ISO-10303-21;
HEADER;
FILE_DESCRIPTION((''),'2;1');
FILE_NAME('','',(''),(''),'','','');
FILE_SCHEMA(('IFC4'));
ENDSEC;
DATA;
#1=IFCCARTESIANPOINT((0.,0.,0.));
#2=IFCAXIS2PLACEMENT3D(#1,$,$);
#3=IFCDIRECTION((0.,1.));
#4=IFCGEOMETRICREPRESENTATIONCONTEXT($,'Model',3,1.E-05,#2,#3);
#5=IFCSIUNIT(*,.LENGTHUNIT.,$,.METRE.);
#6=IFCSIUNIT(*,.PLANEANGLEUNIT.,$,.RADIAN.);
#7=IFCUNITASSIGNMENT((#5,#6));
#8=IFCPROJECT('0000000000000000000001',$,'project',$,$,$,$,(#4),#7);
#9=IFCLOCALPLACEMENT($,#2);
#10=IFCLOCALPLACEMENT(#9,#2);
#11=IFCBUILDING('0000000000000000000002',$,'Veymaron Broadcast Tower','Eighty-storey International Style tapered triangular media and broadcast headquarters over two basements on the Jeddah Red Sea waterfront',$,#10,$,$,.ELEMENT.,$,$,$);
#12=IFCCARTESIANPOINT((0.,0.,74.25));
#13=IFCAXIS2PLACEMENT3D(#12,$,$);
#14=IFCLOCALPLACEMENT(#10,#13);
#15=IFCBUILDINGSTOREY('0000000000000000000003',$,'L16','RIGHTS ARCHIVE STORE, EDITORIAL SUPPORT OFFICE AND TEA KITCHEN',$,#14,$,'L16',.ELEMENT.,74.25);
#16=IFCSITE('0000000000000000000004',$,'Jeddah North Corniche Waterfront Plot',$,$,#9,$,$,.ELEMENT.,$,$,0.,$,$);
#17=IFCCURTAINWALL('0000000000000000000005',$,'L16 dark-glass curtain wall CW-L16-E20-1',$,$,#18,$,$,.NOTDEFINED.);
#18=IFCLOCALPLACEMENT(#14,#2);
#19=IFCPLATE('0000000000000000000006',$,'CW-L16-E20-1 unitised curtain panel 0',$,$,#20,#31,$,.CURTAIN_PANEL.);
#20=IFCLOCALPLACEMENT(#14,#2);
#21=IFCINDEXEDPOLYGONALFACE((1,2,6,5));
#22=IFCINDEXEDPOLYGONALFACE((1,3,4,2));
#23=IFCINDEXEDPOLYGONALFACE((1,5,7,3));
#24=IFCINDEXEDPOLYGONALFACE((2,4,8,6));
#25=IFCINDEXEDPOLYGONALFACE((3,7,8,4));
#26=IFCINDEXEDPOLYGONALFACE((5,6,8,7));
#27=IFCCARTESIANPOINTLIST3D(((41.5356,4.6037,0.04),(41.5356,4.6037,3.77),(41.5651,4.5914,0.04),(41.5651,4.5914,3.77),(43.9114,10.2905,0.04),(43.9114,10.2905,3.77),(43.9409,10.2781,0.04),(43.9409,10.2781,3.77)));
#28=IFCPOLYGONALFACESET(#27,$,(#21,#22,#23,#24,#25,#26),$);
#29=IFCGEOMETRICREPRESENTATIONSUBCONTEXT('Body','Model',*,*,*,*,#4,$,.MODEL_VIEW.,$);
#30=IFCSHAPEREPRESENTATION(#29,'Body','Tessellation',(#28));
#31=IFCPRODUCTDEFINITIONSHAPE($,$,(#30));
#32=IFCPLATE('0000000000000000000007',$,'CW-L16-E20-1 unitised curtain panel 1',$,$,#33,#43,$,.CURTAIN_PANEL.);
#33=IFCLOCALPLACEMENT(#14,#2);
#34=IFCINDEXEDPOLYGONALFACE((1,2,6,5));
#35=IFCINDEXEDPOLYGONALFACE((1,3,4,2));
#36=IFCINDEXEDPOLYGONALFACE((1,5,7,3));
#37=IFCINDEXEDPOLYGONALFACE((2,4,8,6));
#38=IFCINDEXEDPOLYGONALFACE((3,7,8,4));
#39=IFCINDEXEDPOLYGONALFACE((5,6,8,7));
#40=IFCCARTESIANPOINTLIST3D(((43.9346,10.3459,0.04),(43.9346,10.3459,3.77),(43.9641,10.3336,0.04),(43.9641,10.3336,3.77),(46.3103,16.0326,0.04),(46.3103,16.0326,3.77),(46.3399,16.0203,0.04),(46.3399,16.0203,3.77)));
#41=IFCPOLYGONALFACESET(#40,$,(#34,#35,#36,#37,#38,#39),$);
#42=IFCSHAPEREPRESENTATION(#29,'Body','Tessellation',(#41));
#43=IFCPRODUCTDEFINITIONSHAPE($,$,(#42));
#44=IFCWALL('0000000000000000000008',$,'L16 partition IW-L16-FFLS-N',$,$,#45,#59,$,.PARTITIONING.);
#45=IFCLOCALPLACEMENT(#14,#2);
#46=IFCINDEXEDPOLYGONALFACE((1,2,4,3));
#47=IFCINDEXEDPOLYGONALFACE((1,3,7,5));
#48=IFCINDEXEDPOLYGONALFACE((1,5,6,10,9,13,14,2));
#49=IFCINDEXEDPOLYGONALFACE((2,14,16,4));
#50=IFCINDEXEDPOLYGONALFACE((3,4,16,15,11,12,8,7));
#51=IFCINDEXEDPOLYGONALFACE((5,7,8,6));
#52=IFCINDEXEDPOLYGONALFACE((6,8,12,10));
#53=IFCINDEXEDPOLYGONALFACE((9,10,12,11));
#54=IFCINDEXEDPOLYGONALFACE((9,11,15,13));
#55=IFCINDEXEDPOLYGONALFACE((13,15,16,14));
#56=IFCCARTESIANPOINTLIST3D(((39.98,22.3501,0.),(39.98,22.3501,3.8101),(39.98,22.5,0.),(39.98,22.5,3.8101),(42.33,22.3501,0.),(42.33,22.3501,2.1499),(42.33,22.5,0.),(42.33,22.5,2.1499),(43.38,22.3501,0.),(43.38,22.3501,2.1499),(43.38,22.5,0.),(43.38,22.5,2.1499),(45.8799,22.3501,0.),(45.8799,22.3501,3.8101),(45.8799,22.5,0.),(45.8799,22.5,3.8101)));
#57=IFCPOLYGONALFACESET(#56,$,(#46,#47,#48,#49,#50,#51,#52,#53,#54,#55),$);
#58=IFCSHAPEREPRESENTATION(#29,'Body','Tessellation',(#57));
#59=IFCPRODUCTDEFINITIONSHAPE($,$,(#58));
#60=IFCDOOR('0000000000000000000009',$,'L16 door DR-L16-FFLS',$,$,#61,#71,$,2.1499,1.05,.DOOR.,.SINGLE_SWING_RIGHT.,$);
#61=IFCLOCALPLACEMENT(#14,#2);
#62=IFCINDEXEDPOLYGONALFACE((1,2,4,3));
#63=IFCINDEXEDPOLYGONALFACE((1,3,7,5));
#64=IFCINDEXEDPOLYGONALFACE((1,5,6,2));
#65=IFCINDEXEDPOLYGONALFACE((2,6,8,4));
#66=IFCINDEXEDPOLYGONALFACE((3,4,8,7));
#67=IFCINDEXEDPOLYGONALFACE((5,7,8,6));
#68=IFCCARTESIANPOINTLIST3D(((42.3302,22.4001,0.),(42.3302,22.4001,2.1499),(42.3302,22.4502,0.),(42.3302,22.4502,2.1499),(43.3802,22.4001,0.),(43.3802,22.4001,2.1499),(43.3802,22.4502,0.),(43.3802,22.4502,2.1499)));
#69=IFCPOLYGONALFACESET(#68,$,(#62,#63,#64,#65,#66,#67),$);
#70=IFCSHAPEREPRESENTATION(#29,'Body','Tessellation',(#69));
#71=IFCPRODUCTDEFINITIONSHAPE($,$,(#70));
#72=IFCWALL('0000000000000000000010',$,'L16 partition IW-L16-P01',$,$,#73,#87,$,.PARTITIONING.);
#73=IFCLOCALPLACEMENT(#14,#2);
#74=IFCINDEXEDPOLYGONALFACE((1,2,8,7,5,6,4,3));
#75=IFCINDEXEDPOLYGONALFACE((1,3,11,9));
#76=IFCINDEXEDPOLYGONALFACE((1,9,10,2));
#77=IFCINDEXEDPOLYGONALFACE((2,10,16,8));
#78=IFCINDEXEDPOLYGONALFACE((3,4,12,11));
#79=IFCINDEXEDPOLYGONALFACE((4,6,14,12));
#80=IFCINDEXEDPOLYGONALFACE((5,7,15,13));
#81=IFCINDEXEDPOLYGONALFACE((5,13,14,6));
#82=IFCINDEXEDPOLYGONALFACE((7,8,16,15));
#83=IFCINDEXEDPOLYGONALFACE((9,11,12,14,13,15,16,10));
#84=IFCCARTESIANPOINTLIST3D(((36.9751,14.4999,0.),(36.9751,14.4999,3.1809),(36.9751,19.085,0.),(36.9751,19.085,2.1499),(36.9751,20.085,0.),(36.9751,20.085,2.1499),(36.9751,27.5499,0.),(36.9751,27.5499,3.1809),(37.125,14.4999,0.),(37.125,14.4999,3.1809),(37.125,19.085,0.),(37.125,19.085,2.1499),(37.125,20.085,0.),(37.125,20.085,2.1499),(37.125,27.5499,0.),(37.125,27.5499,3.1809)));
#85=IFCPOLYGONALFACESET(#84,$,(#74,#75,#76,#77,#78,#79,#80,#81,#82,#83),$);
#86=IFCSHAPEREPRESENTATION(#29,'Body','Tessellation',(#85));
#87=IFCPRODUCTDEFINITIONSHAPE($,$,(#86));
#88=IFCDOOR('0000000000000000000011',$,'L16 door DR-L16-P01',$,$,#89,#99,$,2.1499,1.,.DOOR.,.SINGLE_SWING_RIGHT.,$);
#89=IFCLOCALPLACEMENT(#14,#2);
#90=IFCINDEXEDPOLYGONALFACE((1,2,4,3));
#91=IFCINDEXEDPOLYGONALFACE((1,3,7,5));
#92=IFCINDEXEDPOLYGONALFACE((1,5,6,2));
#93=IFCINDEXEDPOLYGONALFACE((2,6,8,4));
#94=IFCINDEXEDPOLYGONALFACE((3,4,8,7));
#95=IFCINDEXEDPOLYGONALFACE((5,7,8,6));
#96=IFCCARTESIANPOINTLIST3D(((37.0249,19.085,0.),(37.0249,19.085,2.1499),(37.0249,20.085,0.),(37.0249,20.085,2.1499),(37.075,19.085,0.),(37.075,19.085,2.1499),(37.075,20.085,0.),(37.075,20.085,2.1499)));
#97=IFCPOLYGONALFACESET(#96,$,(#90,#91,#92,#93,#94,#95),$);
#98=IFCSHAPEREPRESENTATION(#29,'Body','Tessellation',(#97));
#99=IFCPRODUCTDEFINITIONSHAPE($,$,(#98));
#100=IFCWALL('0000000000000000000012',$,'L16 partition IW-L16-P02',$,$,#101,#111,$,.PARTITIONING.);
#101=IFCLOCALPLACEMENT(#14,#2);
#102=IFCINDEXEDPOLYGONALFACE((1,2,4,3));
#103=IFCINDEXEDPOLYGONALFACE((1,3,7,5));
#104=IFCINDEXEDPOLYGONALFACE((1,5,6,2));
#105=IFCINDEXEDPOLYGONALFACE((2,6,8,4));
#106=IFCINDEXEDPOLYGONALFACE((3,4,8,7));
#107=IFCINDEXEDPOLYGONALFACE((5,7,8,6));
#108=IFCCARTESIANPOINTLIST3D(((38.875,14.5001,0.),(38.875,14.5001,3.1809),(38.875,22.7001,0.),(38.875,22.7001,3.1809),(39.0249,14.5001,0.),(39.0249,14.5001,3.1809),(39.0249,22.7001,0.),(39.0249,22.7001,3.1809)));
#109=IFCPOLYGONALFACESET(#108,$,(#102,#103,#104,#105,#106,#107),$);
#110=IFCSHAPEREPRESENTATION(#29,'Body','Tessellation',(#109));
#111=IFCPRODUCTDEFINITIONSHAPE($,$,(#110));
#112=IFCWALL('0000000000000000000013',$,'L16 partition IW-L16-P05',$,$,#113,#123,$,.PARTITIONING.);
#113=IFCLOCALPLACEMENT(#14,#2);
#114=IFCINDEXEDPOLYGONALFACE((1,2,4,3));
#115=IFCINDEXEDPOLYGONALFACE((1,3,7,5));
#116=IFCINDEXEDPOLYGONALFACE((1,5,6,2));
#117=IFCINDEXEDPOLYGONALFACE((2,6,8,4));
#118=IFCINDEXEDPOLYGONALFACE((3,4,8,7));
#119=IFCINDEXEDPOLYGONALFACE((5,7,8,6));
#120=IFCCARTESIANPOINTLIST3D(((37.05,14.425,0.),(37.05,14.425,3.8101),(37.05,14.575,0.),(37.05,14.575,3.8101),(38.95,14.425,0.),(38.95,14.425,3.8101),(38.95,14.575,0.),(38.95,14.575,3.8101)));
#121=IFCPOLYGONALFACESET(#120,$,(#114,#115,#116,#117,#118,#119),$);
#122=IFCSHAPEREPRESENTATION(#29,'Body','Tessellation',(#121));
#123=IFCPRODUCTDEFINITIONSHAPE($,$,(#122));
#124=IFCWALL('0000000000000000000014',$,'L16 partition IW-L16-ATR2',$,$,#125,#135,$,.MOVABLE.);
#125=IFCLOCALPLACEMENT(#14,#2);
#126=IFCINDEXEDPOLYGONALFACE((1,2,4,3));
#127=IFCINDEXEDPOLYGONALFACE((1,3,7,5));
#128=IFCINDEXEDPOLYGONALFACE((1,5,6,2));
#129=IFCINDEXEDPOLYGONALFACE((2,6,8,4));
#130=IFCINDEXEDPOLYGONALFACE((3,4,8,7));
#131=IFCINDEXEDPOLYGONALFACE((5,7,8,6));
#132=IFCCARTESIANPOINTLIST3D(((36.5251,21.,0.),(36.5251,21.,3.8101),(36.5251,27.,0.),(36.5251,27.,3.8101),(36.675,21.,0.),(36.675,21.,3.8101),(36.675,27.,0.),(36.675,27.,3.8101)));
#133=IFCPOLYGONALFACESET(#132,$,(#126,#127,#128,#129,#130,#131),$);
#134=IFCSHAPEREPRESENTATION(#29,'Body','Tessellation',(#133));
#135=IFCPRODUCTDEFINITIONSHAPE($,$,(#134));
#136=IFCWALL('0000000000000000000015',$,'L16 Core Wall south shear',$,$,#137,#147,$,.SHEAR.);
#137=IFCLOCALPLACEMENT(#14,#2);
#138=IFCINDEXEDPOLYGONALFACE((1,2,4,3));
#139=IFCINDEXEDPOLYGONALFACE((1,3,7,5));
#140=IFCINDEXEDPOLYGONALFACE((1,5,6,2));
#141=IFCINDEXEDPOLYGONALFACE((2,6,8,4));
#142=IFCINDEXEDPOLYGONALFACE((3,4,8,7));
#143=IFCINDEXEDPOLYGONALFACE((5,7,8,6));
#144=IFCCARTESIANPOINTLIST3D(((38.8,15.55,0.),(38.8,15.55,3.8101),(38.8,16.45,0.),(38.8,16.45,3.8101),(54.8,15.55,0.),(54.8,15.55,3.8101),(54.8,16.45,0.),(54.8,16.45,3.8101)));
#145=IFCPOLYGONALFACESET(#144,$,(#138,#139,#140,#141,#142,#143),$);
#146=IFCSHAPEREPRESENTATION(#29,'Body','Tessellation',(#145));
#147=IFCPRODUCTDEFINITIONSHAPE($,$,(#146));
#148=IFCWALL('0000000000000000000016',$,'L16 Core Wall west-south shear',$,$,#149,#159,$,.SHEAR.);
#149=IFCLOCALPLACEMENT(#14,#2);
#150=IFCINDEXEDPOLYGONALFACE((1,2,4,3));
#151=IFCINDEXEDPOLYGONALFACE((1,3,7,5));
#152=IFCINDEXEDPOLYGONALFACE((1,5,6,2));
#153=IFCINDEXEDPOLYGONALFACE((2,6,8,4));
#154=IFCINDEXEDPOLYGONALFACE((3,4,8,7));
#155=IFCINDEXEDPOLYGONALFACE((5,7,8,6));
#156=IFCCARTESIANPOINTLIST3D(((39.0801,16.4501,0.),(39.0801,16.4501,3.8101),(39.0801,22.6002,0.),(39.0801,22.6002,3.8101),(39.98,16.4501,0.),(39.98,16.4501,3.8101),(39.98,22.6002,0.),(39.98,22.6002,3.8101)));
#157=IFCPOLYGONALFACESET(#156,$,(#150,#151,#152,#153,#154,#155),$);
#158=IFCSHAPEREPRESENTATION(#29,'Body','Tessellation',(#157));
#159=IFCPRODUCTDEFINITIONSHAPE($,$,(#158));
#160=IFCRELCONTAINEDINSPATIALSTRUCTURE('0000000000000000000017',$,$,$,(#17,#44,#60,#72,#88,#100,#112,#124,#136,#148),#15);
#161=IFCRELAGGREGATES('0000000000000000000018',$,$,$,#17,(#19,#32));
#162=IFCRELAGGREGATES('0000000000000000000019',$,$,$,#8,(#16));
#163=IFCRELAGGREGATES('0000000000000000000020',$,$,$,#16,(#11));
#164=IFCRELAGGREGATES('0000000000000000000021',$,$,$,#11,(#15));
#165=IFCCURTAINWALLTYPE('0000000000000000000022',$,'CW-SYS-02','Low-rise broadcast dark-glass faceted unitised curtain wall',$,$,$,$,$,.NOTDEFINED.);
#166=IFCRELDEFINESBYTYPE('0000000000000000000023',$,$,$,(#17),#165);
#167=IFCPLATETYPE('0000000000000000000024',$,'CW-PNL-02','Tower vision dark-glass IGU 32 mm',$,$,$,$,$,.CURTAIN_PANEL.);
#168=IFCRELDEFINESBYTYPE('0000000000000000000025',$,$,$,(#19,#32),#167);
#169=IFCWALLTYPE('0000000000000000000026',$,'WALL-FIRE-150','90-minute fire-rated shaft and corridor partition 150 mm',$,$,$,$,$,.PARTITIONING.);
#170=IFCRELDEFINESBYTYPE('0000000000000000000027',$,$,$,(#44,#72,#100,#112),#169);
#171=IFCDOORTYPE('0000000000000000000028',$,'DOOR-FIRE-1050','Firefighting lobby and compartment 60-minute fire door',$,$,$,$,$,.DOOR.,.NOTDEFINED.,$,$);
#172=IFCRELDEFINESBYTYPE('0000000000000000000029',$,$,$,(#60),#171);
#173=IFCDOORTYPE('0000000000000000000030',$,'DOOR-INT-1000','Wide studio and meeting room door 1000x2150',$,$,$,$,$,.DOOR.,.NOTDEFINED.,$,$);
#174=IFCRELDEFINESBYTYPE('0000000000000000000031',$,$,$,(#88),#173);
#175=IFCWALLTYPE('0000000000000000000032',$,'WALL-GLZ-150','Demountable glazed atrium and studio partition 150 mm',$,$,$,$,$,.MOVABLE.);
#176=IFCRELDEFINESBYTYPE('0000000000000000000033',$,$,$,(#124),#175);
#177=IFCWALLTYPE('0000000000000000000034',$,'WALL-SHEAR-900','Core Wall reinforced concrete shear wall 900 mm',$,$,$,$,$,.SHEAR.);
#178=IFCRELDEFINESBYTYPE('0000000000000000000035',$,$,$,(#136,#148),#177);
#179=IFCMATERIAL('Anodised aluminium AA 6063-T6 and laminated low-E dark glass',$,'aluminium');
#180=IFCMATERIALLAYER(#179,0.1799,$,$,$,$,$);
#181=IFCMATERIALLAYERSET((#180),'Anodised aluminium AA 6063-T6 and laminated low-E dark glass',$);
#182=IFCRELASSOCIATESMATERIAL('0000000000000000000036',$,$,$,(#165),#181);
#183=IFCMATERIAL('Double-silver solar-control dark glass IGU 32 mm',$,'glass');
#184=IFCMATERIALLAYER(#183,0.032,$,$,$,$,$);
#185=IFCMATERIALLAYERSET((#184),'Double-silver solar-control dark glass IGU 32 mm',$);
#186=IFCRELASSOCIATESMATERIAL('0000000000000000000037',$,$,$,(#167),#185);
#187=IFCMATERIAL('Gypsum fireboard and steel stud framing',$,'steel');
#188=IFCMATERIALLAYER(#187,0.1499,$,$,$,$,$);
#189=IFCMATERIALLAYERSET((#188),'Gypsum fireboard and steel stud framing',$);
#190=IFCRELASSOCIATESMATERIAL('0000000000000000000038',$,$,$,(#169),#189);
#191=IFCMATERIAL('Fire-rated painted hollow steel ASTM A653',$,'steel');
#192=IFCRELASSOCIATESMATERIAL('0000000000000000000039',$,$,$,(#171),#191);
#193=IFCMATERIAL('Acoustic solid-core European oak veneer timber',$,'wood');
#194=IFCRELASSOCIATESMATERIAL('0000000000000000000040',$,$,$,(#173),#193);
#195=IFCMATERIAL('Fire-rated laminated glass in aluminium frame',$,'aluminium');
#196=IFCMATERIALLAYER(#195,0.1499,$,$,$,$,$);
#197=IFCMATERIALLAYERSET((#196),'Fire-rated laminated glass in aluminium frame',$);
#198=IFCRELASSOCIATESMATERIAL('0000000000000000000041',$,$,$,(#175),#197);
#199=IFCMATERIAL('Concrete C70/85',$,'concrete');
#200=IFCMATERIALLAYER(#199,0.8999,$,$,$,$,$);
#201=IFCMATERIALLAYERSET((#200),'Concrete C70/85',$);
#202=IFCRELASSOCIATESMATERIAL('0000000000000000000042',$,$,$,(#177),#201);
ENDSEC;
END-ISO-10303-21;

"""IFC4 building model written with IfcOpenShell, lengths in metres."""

from ifc_helpers import new_model, si_unit, direction, frame, frame_2d, origin, origin_2d, place, context, subcontext, project, spatial, rectangle, extrude, material, layer, layer_set, type_object, element, fill, aggregate, save


model = new_model("IFC4")

# Units and contexts
model_context = context("Model", 3, precision=1e-05, world=origin(), true_north=direction((0.0, 1.0)))
body_context = subcontext(model_context, "Body", "Model", "MODEL_VIEW")
ifc_project = project(units=[si_unit("LENGTHUNIT", "METRE"), si_unit("PLANEANGLEUNIT", "RADIAN")], contexts=[model_context])

# Site, building, storey
site_placement = place(None, origin())
site = spatial("IfcSite", under=ifc_project, at=site_placement, Name="Jeddah North Corniche Waterfront Plot", CompositionType="ELEMENT", RefElevation=0.0)
building_placement = place(site_placement, origin())
building = spatial("IfcBuilding", under=site, at=building_placement, Name="Veymaron Broadcast Tower", Description="Eighty-storey International Style tapered triangular media and broadcast headquarters over two basements on the Jeddah Red Sea waterfront", CompositionType="ELEMENT")
storey_placement = place(building_placement, frame((0.0, 0.0, 74.25)))
storey = spatial("IfcBuildingStorey", under=building, at=storey_placement, Name="L16", Description="RIGHTS ARCHIVE STORE, EDITORIAL SUPPORT OFFICE AND TEA KITCHEN", LongName="L16", CompositionType="ELEMENT", Elevation=74.25)

# Shared definitions
ifc_material_1 = material(Name="Concrete C70/85", Category="concrete")

# Curtain wall, plates
ifc_material_2 = material(Name="Anodised aluminium AA 6063-T6 and laminated low-E dark glass", Category="aluminium")
ifc_layer_1 = layer(ifc_material_2, 0.1799)
ifc_layer_set_1 = layer_set([ifc_layer_1], Name="Anodised aluminium AA 6063-T6 and laminated low-E dark glass")
curtain_wall_type = type_object("IfcCurtainWallType", Name="CW-SYS-02", Description="Low-rise broadcast dark-glass faceted unitised curtain wall", PredefinedType="NOTDEFINED", material=ifc_layer_set_1)
curtain_wall_placement = place(storey_placement, origin())
curtain_wall = element("IfcCurtainWall", 1, at=curtain_wall_placement, inside=storey, type_object=curtain_wall_type, Name="L16 dark-glass curtain wall CW-L16-E20-1", PredefinedType="NOTDEFINED")
ifc_material_3 = material(Name="Double-silver solar-control dark glass IGU 32 mm", Category="glass")
ifc_layer_2 = layer(ifc_material_3, 0.032)
ifc_layer_set_2 = layer_set([ifc_layer_2], Name="Double-silver solar-control dark glass IGU 32 mm")
plate_type = type_object("IfcPlateType", Name="CW-PNL-02", Description="Tower vision dark-glass IGU 32 mm", PredefinedType="CURTAIN_PANEL", material=ifc_layer_set_2)
plate_1_placement = place(storey_placement, frame((42.7383, 7.4409, 0.04), z_axis=(0.0, 0.0, 1.0), x_axis=(0.385487, 0.922713, 0.0)))
plate_1 = element("IfcPlate", 2, at=plate_1_placement, type_object=plate_type, Name="CW-L16-E20-1 unitised curtain panel 0", PredefinedType="CURTAIN_PANEL", context=body_context, shape_type="SweptSolid", body=[
    extrude(rectangle(XDim=6.1631, YDim=0.032, at=origin_2d()), origin(), (0.0, 0.0, 1.0), 3.73),
])
plate_2_placement = place(storey_placement, frame((45.1372, 13.1831, 0.04), z_axis=(0.0, 0.0, 1.0), x_axis=(0.385487, 0.922713, 0.0)))
plate_2 = element("IfcPlate", 3, at=plate_2_placement, type_object=plate_type, Name="CW-L16-E20-1 unitised curtain panel 1", PredefinedType="CURTAIN_PANEL", context=body_context, shape_type="SweptSolid", body=[
    extrude(rectangle(XDim=6.1631, YDim=0.032, at=origin_2d()), origin(), (0.0, 0.0, 1.0), 3.73),
])
aggregate(curtain_wall, [plate_1, plate_2])

# Walls, openings, doors
ifc_material_4 = material(Name="Gypsum fireboard and steel stud framing", Category="steel")
ifc_layer_3 = layer(ifc_material_4, 0.1499)
ifc_layer_set_3 = layer_set([ifc_layer_3], Name="Gypsum fireboard and steel stud framing")
wall_type_1 = type_object("IfcWallType", Name="WALL-FIRE-150", Description="90-minute fire-rated shaft and corridor partition 150 mm", PredefinedType="PARTITIONING", material=ifc_layer_set_3)
wall_1_placement = place(storey_placement, frame((39.98, 22.425, 0.0), z_axis=(0.0, 0.0, 1.0), x_axis=(1.0, 0.0, 0.0)))
wall_1 = element("IfcWall", 4, at=wall_1_placement, inside=storey, type_object=wall_type_1, Name="L16 partition IW-L16-FFLS-N", PredefinedType="PARTITIONING", context=body_context, shape_type="SweptSolid", body=[
    extrude(rectangle(XDim=5.8999, YDim=0.1499, at=frame_2d((2.95, 0.0))), origin(), (0.0, 0.0, 1.0), 3.8101),
])
opening_1_placement = place(wall_1_placement, frame((2.3501, 0.0, 0.0)))
opening_1 = element("IfcOpeningElement", 5, at=opening_1_placement, cuts=wall_1, PredefinedType="OPENING", context=body_context, shape_type="SweptSolid", body=[
    extrude(rectangle(XDim=1.05, YDim=2.1499, at=frame_2d((0.5249, 1.075))), frame((0.0, 0.085, 0.0), z_axis=(0.0, -1.0, 0.0), x_axis=(1.0, 0.0, 0.0)), (0.0, 0.0, 1.0), 0.1699),
])
ifc_material_5 = material(Name="Fire-rated painted hollow steel ASTM A653", Category="steel")
door_type_1 = type_object("IfcDoorType", Name="DOOR-FIRE-1050", Description="Firefighting lobby and compartment 60-minute fire door", OperationType="NOTDEFINED", PredefinedType="DOOR", material=ifc_material_5)
door_1_placement = place(opening_1_placement, frame((1.05, 0.0, 0.0), z_axis=(0.0, 0.0, 1.0), x_axis=(-1.0, 0.0, 0.0)))
door_1 = element("IfcDoor", 6, at=door_1_placement, inside=storey, type_object=door_type_1, Name="L16 door DR-L16-FFLS", OperationType="SINGLE_SWING_RIGHT", OverallHeight=2.1499, OverallWidth=1.05, PredefinedType="DOOR", context=body_context, shape_type="SweptSolid", body=[
    extrude(rectangle(XDim=1.05, YDim=2.1499, at=frame_2d((0.5249, 1.075))), frame((0.0, 0.0249, 0.0), z_axis=(0.0, -1.0, 0.0), x_axis=(1.0, 0.0, 0.0)), (0.0, 0.0, 1.0), 0.05),
])
fill(opening_1, door_1)
wall_2_placement = place(storey_placement, frame((37.05, 14.5, 0.0), z_axis=(0.0, 0.0, 1.0), x_axis=(0.0, 1.0, 0.0)))
wall_2 = element("IfcWall", 7, at=wall_2_placement, inside=storey, type_object=wall_type_1, Name="L16 partition IW-L16-P01", PredefinedType="PARTITIONING", context=body_context, shape_type="SweptSolid", body=[
    extrude(rectangle(XDim=13.05, YDim=0.1499, at=frame_2d((6.5249, 0.0))), origin(), (0.0, 0.0, 1.0), 3.1809),
])
opening_2_placement = place(wall_2_placement, frame((4.585, 0.0, 0.0)))
opening_2 = element("IfcOpeningElement", 8, at=opening_2_placement, cuts=wall_2, PredefinedType="OPENING", context=body_context, shape_type="SweptSolid", body=[
    extrude(rectangle(XDim=1.0, YDim=2.1499, at=frame_2d((0.5, 1.075))), frame((0.0, 0.085, 0.0), z_axis=(0.0, -1.0, 0.0), x_axis=(1.0, 0.0, 0.0)), (0.0, 0.0, 1.0), 0.1699),
])
ifc_material_6 = material(Name="Acoustic solid-core European oak veneer timber", Category="wood")
door_type_2 = type_object("IfcDoorType", Name="DOOR-INT-1000", Description="Wide studio and meeting room door 1000x2150", OperationType="NOTDEFINED", PredefinedType="DOOR", material=ifc_material_6)
door_2_placement = place(opening_2_placement, frame((1.0, 0.0, 0.0), z_axis=(0.0, 0.0, 1.0), x_axis=(-1.0, 0.0, 0.0)))
door_2 = element("IfcDoor", 9, at=door_2_placement, inside=storey, type_object=door_type_2, Name="L16 door DR-L16-P01", OperationType="SINGLE_SWING_RIGHT", OverallHeight=2.1499, OverallWidth=1.0, PredefinedType="DOOR", context=body_context, shape_type="SweptSolid", body=[
    extrude(rectangle(XDim=1.0, YDim=2.1499, at=frame_2d((0.5, 1.075))), frame((0.0, 0.0249, 0.0), z_axis=(0.0, -1.0, 0.0), x_axis=(1.0, 0.0, 0.0)), (0.0, 0.0, 1.0), 0.05),
])
fill(opening_2, door_2)

# Walls
wall_3_placement = place(storey_placement, frame((38.95, 14.5, 0.0), z_axis=(0.0, 0.0, 1.0), x_axis=(0.0, 1.0, 0.0)))
element("IfcWall", 10, at=wall_3_placement, inside=storey, type_object=wall_type_1, Name="L16 partition IW-L16-P02", PredefinedType="PARTITIONING", context=body_context, shape_type="SweptSolid", body=[
    extrude(rectangle(XDim=8.2, YDim=0.1499, at=frame_2d((4.1001, 0.0))), origin(), (0.0, 0.0, 1.0), 3.1809),
])
wall_4_placement = place(storey_placement, frame((37.05, 14.5, 0.0), z_axis=(0.0, 0.0, 1.0), x_axis=(1.0, 0.0, 0.0)))
element("IfcWall", 11, at=wall_4_placement, inside=storey, type_object=wall_type_1, Name="L16 partition IW-L16-P05", PredefinedType="PARTITIONING", context=body_context, shape_type="SweptSolid", body=[
    extrude(rectangle(XDim=1.8999, YDim=0.1499, at=frame_2d((0.95, 0.0))), origin(), (0.0, 0.0, 1.0), 3.8101),
])
ifc_material_7 = material(Name="Fire-rated laminated glass in aluminium frame", Category="aluminium")
ifc_layer_4 = layer(ifc_material_7, 0.1499)
ifc_layer_set_4 = layer_set([ifc_layer_4], Name="Fire-rated laminated glass in aluminium frame")
wall_type_2 = type_object("IfcWallType", Name="WALL-GLZ-150", Description="Demountable glazed atrium and studio partition 150 mm", PredefinedType="MOVABLE", material=ifc_layer_set_4)
wall_5_placement = place(storey_placement, frame((36.6001, 21.0, 0.0), z_axis=(0.0, 0.0, 1.0), x_axis=(0.0, 1.0, 0.0)))
element("IfcWall", 12, at=wall_5_placement, inside=storey, type_object=wall_type_2, Name="L16 partition IW-L16-ATR2", PredefinedType="MOVABLE", context=body_context, shape_type="SweptSolid", body=[
    extrude(rectangle(XDim=6.0, YDim=0.1499, at=frame_2d((3.0, 0.0))), origin(), (0.0, 0.0, 1.0), 3.8101),
])

# Walls
ifc_layer_5 = layer(ifc_material_1, 0.8999)
ifc_layer_set_5 = layer_set([ifc_layer_5], Name="Concrete C70/85")
wall_type_3 = type_object("IfcWallType", Name="WALL-SHEAR-900", Description="Core Wall reinforced concrete shear wall 900 mm", PredefinedType="SHEAR", material=ifc_layer_set_5)
wall_6_placement = place(storey_placement, frame((38.8, 16.0, 0.0), z_axis=(0.0, 0.0, 1.0), x_axis=(1.0, 0.0, 0.0)))
element("IfcWall", 13, at=wall_6_placement, inside=storey, type_object=wall_type_3, Name="L16 Core Wall south shear", PredefinedType="SHEAR", context=body_context, shape_type="SweptSolid", body=[
    extrude(rectangle(XDim=16.0, YDim=0.8999, at=frame_2d((8.0, 0.0))), origin(), (0.0, 0.0, 1.0), 3.8101),
])
wall_7_placement = place(storey_placement, frame((39.53, 16.45, 0.0), z_axis=(0.0, 0.0, 1.0), x_axis=(0.0, 1.0, 0.0)))
element("IfcWall", 14, at=wall_7_placement, inside=storey, type_object=wall_type_3, Name="L16 Core Wall west-south shear", PredefinedType="SHEAR", context=body_context, shape_type="SweptSolid", body=[
    extrude(rectangle(XDim=6.1501, YDim=0.8999, at=frame_2d((3.0752, 0.0))), origin(), (0.0, 0.0, 1.0), 3.8101),
])

save(model, "model.ifc")
